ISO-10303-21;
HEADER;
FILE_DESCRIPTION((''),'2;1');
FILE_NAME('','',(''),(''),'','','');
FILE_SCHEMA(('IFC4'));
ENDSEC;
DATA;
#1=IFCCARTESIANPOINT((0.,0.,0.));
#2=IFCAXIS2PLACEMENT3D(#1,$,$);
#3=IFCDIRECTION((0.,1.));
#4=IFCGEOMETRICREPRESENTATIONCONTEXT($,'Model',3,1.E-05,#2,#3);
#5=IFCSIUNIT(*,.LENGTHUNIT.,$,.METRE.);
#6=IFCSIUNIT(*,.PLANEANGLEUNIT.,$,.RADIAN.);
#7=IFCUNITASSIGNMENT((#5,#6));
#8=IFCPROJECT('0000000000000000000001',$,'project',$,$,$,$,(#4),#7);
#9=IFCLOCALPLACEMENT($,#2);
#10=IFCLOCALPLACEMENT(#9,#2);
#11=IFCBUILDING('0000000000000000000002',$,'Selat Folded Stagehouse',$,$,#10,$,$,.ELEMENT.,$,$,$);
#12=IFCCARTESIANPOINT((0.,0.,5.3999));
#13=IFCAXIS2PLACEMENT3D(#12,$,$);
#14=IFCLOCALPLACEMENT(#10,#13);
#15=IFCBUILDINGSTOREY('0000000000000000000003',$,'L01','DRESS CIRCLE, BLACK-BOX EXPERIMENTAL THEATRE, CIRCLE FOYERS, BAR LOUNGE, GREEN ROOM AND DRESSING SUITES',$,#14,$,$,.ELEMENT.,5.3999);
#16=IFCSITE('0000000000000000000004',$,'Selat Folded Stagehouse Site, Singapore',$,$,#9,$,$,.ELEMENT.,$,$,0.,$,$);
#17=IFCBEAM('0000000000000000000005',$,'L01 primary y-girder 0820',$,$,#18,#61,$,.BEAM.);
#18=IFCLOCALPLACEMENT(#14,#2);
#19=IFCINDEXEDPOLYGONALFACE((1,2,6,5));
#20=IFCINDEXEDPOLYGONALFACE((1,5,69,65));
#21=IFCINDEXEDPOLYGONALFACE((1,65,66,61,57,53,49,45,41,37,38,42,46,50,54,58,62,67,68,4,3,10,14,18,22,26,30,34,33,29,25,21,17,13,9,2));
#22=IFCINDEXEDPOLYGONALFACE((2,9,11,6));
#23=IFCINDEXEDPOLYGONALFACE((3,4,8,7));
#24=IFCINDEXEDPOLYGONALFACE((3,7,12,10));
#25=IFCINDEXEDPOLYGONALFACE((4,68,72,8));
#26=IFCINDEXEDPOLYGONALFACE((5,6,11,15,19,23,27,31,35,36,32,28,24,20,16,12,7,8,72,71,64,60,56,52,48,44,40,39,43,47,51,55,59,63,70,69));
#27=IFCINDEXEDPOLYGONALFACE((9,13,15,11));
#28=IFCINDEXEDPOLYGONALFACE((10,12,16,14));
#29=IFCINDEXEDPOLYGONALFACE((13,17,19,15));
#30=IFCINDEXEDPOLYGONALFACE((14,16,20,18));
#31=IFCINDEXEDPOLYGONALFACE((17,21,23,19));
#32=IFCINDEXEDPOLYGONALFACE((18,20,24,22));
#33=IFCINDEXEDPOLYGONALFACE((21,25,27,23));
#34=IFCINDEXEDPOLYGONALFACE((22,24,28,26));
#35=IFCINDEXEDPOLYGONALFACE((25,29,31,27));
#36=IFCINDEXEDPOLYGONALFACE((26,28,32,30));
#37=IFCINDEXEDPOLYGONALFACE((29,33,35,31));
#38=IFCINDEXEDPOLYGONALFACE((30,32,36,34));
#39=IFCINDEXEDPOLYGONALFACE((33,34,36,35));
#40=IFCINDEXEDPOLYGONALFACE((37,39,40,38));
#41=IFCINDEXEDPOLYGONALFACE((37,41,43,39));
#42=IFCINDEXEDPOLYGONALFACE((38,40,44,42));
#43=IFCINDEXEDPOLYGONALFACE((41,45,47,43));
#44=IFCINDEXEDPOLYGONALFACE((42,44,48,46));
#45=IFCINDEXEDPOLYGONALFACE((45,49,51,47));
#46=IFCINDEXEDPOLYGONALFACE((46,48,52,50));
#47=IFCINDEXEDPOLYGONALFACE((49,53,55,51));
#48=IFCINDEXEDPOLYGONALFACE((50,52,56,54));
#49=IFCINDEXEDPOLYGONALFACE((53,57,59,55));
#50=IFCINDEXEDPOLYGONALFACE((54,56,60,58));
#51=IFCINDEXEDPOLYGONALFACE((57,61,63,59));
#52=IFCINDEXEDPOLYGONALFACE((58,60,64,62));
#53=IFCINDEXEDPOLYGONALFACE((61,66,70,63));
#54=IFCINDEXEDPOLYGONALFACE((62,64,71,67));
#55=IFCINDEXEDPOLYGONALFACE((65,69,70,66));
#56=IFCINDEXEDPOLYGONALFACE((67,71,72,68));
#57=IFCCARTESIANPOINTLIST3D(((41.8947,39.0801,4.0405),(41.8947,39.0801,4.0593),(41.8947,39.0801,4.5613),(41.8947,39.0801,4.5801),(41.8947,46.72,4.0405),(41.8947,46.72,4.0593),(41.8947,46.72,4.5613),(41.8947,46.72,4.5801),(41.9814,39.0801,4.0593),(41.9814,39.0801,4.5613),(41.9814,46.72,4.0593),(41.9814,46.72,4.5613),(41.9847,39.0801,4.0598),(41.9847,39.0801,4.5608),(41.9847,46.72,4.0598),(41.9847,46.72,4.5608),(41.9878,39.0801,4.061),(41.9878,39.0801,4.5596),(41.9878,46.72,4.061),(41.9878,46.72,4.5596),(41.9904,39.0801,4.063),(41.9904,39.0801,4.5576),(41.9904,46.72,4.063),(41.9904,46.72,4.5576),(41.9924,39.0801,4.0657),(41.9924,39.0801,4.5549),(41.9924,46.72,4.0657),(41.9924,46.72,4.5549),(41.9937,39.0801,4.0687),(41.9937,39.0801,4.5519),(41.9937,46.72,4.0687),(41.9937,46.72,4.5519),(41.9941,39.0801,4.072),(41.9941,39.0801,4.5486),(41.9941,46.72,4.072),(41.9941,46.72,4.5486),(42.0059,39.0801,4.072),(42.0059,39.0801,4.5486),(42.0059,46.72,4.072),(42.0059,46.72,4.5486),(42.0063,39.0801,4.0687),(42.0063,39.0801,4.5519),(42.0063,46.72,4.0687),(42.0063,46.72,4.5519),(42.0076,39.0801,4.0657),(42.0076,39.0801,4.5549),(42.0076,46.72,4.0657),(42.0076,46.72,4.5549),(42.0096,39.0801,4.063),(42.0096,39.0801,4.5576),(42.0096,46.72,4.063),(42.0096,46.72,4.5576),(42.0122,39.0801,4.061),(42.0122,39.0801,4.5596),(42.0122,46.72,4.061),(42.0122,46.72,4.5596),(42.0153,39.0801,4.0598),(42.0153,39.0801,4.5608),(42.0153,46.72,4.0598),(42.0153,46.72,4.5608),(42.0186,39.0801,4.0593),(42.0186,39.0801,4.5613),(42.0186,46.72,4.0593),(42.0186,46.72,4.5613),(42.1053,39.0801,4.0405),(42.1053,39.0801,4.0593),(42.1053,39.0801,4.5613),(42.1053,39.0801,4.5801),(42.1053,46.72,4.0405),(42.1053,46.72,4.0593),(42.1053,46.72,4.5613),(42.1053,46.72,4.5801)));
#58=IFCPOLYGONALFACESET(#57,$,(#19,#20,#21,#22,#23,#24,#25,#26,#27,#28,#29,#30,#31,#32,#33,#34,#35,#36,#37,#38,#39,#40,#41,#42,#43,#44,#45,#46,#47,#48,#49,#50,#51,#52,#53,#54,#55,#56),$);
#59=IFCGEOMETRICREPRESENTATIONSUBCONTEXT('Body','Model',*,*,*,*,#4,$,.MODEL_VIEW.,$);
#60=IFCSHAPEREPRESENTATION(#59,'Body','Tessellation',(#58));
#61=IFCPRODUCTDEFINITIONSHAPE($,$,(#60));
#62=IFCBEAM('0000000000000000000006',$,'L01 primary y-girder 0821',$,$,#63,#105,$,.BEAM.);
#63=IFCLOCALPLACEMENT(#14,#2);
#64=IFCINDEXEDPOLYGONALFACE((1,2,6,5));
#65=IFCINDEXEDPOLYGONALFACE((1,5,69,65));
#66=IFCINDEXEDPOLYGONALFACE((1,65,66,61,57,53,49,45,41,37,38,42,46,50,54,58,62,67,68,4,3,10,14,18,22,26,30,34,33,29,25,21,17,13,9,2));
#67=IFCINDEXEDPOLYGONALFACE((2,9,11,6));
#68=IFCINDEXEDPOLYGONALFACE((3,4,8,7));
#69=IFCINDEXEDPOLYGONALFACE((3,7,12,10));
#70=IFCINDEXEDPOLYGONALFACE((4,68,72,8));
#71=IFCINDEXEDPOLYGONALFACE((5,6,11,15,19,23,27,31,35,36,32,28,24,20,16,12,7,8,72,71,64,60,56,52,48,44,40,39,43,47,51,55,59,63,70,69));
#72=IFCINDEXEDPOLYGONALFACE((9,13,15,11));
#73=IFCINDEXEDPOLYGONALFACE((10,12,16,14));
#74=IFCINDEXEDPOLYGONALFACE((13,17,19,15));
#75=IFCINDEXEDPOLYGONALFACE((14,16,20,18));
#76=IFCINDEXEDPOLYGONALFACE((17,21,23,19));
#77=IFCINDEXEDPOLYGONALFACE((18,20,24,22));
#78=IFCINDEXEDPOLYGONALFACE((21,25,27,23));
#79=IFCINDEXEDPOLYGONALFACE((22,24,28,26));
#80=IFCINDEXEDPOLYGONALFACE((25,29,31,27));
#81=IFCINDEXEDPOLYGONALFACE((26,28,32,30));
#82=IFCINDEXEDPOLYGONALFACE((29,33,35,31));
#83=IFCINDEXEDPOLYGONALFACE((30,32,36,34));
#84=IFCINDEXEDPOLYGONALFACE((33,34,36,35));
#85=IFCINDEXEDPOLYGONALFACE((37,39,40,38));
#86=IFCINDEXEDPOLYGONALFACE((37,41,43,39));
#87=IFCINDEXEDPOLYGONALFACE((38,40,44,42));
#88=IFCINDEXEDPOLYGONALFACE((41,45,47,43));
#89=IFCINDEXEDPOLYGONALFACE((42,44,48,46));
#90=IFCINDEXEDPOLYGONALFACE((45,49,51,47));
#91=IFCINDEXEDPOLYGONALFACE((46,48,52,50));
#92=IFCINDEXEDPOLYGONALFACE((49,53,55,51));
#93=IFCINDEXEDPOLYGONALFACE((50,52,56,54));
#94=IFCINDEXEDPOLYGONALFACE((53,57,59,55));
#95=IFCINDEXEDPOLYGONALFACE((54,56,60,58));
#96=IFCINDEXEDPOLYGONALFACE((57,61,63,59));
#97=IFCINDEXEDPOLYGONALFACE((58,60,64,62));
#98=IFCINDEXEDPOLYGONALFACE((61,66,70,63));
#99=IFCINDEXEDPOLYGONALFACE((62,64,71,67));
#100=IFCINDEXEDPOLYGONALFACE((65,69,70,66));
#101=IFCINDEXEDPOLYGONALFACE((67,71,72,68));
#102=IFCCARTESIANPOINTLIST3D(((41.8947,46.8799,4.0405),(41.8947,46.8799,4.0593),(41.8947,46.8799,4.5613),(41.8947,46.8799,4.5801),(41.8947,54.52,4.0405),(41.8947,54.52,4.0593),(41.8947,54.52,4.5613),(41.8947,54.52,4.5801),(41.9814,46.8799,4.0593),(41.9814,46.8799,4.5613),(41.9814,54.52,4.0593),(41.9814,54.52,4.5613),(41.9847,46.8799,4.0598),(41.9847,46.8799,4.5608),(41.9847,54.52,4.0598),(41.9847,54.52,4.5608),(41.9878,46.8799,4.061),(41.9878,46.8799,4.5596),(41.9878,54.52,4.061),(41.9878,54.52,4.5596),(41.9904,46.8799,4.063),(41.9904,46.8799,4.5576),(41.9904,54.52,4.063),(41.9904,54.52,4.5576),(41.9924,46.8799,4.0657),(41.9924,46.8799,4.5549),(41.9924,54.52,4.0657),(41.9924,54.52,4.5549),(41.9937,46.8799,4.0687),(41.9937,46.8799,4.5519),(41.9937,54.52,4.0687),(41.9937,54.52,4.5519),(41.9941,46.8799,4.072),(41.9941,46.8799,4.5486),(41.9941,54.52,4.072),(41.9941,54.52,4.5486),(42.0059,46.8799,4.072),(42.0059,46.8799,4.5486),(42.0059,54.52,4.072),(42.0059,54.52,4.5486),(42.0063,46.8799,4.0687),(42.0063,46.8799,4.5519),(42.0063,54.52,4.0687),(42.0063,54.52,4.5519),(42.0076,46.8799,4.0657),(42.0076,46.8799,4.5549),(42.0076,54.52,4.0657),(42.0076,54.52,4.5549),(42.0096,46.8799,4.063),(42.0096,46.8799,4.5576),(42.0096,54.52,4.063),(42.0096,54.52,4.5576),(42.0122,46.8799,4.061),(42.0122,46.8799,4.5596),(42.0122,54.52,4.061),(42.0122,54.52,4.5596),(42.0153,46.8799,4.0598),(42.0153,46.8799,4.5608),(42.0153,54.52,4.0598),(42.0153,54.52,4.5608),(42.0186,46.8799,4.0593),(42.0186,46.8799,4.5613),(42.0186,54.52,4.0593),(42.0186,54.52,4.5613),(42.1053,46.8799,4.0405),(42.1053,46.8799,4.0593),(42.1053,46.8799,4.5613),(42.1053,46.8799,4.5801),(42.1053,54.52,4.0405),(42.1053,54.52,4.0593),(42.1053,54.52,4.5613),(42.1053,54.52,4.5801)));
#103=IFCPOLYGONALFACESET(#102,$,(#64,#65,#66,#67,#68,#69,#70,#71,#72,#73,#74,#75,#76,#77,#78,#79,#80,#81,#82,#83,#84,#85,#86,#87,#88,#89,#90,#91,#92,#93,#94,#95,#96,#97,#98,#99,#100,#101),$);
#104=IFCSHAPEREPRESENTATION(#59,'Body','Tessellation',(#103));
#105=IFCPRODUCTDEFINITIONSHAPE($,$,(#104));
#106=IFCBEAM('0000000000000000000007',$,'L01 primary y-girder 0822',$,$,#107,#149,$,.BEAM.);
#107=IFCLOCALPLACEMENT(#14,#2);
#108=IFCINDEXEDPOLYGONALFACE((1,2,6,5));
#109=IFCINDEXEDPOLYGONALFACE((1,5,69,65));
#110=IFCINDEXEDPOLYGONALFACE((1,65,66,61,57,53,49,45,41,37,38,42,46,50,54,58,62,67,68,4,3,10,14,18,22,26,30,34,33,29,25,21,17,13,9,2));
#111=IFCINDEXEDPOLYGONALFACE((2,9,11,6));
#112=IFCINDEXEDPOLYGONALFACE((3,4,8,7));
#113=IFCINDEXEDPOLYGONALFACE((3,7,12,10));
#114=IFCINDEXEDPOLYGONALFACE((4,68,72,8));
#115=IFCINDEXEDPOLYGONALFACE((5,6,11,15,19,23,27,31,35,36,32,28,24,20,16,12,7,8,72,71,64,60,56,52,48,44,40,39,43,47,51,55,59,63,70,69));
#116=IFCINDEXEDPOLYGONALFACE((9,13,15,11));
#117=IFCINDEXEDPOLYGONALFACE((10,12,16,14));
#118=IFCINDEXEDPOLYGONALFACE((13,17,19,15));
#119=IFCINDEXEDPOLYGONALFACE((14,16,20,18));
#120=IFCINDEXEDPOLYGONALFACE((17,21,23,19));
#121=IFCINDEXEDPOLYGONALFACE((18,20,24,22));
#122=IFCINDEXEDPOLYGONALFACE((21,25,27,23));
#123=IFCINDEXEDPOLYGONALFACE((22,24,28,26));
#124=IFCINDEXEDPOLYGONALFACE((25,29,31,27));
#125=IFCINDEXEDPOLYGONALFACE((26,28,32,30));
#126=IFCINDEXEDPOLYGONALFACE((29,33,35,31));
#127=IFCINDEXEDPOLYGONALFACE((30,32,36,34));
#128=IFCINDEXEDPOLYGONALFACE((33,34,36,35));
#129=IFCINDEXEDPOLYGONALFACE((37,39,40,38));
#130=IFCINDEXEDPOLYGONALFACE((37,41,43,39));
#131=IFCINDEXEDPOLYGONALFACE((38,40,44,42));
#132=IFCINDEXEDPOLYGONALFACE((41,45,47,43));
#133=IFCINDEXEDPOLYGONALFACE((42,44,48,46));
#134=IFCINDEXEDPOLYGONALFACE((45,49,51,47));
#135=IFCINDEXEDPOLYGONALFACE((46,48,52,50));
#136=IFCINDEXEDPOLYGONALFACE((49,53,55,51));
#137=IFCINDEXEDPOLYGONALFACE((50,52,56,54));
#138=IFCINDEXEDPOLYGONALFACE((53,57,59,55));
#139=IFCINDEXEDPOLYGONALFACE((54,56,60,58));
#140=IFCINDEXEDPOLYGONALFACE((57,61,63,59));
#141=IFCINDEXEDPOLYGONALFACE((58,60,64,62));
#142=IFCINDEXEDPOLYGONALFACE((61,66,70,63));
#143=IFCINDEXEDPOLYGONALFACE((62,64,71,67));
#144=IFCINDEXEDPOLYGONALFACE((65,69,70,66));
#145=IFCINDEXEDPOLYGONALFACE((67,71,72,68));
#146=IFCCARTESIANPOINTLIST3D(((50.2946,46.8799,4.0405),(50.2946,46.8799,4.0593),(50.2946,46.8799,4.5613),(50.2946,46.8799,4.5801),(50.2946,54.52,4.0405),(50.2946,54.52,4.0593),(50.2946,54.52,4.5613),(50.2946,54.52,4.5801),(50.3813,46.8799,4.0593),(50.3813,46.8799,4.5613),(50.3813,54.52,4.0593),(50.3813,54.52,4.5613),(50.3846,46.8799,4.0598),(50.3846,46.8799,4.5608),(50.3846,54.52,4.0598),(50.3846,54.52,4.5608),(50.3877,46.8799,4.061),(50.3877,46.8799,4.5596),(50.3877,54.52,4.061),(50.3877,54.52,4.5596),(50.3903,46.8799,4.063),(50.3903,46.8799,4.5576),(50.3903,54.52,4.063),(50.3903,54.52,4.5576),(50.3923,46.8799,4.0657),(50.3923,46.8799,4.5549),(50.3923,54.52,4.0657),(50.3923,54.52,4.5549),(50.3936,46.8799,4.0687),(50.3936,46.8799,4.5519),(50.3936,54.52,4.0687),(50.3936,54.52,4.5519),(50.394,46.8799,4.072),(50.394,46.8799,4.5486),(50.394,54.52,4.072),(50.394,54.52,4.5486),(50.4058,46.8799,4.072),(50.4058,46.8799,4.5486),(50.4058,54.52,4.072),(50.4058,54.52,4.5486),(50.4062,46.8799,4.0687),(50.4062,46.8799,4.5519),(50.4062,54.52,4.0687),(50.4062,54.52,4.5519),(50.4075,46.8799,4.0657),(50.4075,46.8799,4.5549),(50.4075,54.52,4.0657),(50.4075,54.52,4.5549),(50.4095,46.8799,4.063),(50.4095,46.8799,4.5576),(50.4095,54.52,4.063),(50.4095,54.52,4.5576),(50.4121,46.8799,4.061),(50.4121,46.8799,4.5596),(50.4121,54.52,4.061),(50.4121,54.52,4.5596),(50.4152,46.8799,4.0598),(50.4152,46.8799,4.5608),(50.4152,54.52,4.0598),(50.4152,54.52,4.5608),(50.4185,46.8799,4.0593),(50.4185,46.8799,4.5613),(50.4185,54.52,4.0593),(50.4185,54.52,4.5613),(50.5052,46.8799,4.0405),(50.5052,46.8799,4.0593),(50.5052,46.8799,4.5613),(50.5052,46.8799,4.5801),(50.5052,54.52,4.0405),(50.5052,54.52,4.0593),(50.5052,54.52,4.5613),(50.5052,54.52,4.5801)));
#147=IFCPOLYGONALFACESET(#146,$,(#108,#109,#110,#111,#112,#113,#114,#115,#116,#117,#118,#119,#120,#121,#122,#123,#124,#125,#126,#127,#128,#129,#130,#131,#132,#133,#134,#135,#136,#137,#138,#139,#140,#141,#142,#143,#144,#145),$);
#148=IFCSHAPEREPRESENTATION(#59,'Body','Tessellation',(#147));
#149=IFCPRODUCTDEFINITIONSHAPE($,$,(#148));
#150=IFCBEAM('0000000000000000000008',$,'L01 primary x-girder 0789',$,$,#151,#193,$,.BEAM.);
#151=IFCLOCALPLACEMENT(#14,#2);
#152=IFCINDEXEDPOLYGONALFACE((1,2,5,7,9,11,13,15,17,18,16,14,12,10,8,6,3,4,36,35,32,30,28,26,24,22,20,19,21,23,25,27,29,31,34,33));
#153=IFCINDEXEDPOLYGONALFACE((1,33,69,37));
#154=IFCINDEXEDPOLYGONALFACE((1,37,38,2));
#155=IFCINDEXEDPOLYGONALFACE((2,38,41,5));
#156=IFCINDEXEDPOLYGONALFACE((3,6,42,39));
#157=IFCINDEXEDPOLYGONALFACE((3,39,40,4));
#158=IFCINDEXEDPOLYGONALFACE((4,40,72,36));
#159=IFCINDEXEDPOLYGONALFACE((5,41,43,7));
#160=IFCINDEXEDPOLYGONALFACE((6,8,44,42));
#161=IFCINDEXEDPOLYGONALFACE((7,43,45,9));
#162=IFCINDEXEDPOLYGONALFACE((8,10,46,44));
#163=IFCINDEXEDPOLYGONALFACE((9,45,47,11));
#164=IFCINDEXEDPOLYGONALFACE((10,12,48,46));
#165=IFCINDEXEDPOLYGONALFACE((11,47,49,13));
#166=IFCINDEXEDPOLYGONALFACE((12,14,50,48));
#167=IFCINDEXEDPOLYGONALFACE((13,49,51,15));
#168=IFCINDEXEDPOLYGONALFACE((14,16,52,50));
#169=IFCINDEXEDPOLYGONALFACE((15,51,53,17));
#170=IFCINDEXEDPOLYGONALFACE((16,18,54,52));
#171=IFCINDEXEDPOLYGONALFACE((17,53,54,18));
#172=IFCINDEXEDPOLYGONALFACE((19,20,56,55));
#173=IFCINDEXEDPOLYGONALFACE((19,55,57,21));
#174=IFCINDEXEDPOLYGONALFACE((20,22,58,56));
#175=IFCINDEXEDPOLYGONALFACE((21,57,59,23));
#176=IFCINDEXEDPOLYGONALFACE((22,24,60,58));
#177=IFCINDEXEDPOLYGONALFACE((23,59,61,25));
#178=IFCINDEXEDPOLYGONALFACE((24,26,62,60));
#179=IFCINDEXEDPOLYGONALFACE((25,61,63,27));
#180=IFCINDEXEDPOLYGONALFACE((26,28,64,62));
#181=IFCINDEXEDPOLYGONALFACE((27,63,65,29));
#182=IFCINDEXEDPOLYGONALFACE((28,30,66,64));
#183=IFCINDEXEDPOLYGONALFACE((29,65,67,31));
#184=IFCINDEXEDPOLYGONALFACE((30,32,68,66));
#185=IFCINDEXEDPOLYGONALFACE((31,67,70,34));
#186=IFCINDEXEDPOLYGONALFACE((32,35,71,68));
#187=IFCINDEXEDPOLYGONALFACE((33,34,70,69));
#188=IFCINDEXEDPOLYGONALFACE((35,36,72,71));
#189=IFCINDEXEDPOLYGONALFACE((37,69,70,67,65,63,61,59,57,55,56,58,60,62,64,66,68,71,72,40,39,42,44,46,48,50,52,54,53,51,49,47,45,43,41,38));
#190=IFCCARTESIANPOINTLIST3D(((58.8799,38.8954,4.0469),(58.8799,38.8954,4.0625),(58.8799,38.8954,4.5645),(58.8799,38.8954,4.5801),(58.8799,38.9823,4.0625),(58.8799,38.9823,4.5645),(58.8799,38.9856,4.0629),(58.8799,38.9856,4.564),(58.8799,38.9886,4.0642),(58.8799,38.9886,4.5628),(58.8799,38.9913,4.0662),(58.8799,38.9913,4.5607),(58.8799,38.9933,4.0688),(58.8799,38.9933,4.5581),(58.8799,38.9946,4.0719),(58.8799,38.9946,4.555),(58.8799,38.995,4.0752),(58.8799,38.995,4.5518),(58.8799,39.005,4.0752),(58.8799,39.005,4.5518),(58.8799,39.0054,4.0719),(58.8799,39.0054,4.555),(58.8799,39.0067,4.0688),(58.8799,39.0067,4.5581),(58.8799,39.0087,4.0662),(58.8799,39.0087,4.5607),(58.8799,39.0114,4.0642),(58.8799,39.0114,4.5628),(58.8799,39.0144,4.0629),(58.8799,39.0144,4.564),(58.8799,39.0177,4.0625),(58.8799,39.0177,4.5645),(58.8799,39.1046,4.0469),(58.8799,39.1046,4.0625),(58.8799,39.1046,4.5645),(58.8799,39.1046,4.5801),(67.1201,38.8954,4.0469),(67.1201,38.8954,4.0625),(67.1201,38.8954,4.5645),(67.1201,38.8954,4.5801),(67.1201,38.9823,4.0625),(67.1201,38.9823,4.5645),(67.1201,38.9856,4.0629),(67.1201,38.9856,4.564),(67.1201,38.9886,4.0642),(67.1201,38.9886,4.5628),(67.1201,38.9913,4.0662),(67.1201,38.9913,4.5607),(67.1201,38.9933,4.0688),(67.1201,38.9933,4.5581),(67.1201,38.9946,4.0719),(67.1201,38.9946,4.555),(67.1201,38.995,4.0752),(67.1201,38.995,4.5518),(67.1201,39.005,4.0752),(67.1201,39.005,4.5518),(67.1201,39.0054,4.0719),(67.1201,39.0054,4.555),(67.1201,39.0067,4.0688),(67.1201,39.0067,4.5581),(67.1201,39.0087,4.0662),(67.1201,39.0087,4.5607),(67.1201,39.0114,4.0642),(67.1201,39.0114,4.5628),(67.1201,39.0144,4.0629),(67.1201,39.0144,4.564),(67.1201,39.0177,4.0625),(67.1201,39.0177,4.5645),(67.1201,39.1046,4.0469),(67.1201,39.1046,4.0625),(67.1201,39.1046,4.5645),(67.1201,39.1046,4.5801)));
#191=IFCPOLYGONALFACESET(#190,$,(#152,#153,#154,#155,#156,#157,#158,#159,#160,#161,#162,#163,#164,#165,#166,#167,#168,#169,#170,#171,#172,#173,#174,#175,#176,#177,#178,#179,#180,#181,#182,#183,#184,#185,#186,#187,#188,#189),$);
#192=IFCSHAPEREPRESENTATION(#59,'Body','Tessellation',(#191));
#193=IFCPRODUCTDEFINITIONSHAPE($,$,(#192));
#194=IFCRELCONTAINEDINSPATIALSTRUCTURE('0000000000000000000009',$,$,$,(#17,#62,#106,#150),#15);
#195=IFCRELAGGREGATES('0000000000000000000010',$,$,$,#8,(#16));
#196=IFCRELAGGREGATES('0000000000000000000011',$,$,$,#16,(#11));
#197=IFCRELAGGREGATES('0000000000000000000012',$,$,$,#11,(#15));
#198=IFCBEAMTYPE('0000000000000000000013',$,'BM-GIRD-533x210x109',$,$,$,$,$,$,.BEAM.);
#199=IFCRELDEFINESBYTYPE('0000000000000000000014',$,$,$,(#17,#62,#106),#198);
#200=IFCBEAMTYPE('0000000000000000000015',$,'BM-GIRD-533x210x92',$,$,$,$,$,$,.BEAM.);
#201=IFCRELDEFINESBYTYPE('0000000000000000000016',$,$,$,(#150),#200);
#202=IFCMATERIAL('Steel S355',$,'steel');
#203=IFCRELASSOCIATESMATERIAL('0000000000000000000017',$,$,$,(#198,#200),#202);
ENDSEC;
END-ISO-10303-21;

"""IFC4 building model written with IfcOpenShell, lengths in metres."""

from ifc_helpers import new_model, si_unit, direction, frame, origin, origin_2d, place, context, subcontext, project, spatial, i_section, extrude, material, material_profile, profile_set, type_object, element, save


model = new_model("IFC4")

# Units and contexts
model_context = context("Model", 3, precision=1e-05, world=origin(), true_north=direction((0.0, 1.0)))
body_context = subcontext(model_context, "Body", "Model", "MODEL_VIEW")
ifc_project = project(units=[si_unit("LENGTHUNIT", "METRE"), si_unit("PLANEANGLEUNIT", "RADIAN")], contexts=[model_context])

# Site, building, storey
site_placement = place(None, origin())
site = spatial("IfcSite", under=ifc_project, at=site_placement, Name="Selat Folded Stagehouse Site, Singapore", CompositionType="ELEMENT", RefElevation=0.0)
building_placement = place(site_placement, origin())
building = spatial("IfcBuilding", under=site, at=building_placement, Name="Selat Folded Stagehouse", CompositionType="ELEMENT")
storey_placement = place(building_placement, frame((0.0, 0.0, 5.3999)))
storey = spatial("IfcBuildingStorey", under=building, at=storey_placement, Name="L01", Description="DRESS CIRCLE, BLACK-BOX EXPERIMENTAL THEATRE, CIRCLE FOYERS, BAR LOUNGE, GREEN ROOM AND DRESSING SUITES", CompositionType="ELEMENT", Elevation=5.3999)

# Shared definitions
ifc_material_1 = material(Name="Steel S355", Category="steel")

# Beams
ifc_material_profile_1 = material_profile(ifc_material_1, i_section(OverallWidth=0.2107, OverallDepth=0.5396, WebThickness=0.0117, FlangeThickness=0.0188, FilletRadius=0.0127, at=origin_2d()), Name="UKB 533x210x109")
ifc_profile_set_1 = profile_set([ifc_material_profile_1], Name="Steel S355")
beam_type_1 = type_object("IfcBeamType", Name="BM-GIRD-533x210x109", PredefinedType="BEAM", material=ifc_profile_set_1)
beam_1_placement = place(storey_placement, frame((42.0, 39.0801, 4.3103), z_axis=(0.0, 1.0, 0.0), x_axis=(-1.0, 0.0, 0.0)))
element("IfcBeam", 1, at=beam_1_placement, inside=storey, type_object=beam_type_1, Name="L01 primary y-girder 0820", PredefinedType="BEAM", context=body_context, shape_type="SweptSolid", body=[
    extrude(i_section(OverallWidth=0.2107, OverallDepth=0.5396, WebThickness=0.0117, FlangeThickness=0.0188, FilletRadius=0.0127, at=origin_2d()), origin(), (0.0, 0.0, 1.0), 7.6399),
])
for number, where, z_axis, x_axis, name in (
    (2, (42.0, 46.8799, 4.3103), (0.0, 1.0, 0.0), (-1.0, 0.0, 0.0), "L01 primary y-girder 0821"),
    (3, (50.3999, 46.8799, 4.3103), (0.0, 1.0, 0.0), (-1.0, 0.0, 0.0), "L01 primary y-girder 0822"),
):
    element("IfcBeam", number, at=place(storey_placement, frame(where, z_axis=z_axis, x_axis=x_axis)), inside=storey, type_object=beam_type_1, Name=name, PredefinedType="BEAM", context=body_context, shape_type="SweptSolid", body=[
        extrude(i_section(OverallWidth=0.2107, OverallDepth=0.5396, WebThickness=0.0117, FlangeThickness=0.0188, FilletRadius=0.0127, at=origin_2d()), origin(), (0.0, 0.0, 1.0), 7.6401),
    ])
ifc_material_profile_2 = material_profile(ifc_material_1, i_section(OverallWidth=0.2092, OverallDepth=0.5332, WebThickness=0.01, FlangeThickness=0.0156, FilletRadius=0.0127, at=origin_2d()), Name="UKB 533x210x92")
ifc_profile_set_2 = profile_set([ifc_material_profile_2], Name="Steel S355")
beam_type_2 = type_object("IfcBeamType", Name="BM-GIRD-533x210x92", PredefinedType="BEAM", material=ifc_profile_set_2)
beam_2_placement = place(storey_placement, frame((58.8799, 39.0, 4.3135), z_axis=(1.0, 0.0, 0.0), x_axis=(0.0, 1.0, 0.0)))
element("IfcBeam", 4, at=beam_2_placement, inside=storey, type_object=beam_type_2, Name="L01 primary x-girder 0789", PredefinedType="BEAM", context=body_context, shape_type="SweptSolid", body=[
    extrude(i_section(OverallWidth=0.2092, OverallDepth=0.5332, WebThickness=0.01, FlangeThickness=0.0156, FilletRadius=0.0127, at=origin_2d()), origin(), (0.0, 0.0, 1.0), 8.2402),
])

save(model, "model.ifc")
